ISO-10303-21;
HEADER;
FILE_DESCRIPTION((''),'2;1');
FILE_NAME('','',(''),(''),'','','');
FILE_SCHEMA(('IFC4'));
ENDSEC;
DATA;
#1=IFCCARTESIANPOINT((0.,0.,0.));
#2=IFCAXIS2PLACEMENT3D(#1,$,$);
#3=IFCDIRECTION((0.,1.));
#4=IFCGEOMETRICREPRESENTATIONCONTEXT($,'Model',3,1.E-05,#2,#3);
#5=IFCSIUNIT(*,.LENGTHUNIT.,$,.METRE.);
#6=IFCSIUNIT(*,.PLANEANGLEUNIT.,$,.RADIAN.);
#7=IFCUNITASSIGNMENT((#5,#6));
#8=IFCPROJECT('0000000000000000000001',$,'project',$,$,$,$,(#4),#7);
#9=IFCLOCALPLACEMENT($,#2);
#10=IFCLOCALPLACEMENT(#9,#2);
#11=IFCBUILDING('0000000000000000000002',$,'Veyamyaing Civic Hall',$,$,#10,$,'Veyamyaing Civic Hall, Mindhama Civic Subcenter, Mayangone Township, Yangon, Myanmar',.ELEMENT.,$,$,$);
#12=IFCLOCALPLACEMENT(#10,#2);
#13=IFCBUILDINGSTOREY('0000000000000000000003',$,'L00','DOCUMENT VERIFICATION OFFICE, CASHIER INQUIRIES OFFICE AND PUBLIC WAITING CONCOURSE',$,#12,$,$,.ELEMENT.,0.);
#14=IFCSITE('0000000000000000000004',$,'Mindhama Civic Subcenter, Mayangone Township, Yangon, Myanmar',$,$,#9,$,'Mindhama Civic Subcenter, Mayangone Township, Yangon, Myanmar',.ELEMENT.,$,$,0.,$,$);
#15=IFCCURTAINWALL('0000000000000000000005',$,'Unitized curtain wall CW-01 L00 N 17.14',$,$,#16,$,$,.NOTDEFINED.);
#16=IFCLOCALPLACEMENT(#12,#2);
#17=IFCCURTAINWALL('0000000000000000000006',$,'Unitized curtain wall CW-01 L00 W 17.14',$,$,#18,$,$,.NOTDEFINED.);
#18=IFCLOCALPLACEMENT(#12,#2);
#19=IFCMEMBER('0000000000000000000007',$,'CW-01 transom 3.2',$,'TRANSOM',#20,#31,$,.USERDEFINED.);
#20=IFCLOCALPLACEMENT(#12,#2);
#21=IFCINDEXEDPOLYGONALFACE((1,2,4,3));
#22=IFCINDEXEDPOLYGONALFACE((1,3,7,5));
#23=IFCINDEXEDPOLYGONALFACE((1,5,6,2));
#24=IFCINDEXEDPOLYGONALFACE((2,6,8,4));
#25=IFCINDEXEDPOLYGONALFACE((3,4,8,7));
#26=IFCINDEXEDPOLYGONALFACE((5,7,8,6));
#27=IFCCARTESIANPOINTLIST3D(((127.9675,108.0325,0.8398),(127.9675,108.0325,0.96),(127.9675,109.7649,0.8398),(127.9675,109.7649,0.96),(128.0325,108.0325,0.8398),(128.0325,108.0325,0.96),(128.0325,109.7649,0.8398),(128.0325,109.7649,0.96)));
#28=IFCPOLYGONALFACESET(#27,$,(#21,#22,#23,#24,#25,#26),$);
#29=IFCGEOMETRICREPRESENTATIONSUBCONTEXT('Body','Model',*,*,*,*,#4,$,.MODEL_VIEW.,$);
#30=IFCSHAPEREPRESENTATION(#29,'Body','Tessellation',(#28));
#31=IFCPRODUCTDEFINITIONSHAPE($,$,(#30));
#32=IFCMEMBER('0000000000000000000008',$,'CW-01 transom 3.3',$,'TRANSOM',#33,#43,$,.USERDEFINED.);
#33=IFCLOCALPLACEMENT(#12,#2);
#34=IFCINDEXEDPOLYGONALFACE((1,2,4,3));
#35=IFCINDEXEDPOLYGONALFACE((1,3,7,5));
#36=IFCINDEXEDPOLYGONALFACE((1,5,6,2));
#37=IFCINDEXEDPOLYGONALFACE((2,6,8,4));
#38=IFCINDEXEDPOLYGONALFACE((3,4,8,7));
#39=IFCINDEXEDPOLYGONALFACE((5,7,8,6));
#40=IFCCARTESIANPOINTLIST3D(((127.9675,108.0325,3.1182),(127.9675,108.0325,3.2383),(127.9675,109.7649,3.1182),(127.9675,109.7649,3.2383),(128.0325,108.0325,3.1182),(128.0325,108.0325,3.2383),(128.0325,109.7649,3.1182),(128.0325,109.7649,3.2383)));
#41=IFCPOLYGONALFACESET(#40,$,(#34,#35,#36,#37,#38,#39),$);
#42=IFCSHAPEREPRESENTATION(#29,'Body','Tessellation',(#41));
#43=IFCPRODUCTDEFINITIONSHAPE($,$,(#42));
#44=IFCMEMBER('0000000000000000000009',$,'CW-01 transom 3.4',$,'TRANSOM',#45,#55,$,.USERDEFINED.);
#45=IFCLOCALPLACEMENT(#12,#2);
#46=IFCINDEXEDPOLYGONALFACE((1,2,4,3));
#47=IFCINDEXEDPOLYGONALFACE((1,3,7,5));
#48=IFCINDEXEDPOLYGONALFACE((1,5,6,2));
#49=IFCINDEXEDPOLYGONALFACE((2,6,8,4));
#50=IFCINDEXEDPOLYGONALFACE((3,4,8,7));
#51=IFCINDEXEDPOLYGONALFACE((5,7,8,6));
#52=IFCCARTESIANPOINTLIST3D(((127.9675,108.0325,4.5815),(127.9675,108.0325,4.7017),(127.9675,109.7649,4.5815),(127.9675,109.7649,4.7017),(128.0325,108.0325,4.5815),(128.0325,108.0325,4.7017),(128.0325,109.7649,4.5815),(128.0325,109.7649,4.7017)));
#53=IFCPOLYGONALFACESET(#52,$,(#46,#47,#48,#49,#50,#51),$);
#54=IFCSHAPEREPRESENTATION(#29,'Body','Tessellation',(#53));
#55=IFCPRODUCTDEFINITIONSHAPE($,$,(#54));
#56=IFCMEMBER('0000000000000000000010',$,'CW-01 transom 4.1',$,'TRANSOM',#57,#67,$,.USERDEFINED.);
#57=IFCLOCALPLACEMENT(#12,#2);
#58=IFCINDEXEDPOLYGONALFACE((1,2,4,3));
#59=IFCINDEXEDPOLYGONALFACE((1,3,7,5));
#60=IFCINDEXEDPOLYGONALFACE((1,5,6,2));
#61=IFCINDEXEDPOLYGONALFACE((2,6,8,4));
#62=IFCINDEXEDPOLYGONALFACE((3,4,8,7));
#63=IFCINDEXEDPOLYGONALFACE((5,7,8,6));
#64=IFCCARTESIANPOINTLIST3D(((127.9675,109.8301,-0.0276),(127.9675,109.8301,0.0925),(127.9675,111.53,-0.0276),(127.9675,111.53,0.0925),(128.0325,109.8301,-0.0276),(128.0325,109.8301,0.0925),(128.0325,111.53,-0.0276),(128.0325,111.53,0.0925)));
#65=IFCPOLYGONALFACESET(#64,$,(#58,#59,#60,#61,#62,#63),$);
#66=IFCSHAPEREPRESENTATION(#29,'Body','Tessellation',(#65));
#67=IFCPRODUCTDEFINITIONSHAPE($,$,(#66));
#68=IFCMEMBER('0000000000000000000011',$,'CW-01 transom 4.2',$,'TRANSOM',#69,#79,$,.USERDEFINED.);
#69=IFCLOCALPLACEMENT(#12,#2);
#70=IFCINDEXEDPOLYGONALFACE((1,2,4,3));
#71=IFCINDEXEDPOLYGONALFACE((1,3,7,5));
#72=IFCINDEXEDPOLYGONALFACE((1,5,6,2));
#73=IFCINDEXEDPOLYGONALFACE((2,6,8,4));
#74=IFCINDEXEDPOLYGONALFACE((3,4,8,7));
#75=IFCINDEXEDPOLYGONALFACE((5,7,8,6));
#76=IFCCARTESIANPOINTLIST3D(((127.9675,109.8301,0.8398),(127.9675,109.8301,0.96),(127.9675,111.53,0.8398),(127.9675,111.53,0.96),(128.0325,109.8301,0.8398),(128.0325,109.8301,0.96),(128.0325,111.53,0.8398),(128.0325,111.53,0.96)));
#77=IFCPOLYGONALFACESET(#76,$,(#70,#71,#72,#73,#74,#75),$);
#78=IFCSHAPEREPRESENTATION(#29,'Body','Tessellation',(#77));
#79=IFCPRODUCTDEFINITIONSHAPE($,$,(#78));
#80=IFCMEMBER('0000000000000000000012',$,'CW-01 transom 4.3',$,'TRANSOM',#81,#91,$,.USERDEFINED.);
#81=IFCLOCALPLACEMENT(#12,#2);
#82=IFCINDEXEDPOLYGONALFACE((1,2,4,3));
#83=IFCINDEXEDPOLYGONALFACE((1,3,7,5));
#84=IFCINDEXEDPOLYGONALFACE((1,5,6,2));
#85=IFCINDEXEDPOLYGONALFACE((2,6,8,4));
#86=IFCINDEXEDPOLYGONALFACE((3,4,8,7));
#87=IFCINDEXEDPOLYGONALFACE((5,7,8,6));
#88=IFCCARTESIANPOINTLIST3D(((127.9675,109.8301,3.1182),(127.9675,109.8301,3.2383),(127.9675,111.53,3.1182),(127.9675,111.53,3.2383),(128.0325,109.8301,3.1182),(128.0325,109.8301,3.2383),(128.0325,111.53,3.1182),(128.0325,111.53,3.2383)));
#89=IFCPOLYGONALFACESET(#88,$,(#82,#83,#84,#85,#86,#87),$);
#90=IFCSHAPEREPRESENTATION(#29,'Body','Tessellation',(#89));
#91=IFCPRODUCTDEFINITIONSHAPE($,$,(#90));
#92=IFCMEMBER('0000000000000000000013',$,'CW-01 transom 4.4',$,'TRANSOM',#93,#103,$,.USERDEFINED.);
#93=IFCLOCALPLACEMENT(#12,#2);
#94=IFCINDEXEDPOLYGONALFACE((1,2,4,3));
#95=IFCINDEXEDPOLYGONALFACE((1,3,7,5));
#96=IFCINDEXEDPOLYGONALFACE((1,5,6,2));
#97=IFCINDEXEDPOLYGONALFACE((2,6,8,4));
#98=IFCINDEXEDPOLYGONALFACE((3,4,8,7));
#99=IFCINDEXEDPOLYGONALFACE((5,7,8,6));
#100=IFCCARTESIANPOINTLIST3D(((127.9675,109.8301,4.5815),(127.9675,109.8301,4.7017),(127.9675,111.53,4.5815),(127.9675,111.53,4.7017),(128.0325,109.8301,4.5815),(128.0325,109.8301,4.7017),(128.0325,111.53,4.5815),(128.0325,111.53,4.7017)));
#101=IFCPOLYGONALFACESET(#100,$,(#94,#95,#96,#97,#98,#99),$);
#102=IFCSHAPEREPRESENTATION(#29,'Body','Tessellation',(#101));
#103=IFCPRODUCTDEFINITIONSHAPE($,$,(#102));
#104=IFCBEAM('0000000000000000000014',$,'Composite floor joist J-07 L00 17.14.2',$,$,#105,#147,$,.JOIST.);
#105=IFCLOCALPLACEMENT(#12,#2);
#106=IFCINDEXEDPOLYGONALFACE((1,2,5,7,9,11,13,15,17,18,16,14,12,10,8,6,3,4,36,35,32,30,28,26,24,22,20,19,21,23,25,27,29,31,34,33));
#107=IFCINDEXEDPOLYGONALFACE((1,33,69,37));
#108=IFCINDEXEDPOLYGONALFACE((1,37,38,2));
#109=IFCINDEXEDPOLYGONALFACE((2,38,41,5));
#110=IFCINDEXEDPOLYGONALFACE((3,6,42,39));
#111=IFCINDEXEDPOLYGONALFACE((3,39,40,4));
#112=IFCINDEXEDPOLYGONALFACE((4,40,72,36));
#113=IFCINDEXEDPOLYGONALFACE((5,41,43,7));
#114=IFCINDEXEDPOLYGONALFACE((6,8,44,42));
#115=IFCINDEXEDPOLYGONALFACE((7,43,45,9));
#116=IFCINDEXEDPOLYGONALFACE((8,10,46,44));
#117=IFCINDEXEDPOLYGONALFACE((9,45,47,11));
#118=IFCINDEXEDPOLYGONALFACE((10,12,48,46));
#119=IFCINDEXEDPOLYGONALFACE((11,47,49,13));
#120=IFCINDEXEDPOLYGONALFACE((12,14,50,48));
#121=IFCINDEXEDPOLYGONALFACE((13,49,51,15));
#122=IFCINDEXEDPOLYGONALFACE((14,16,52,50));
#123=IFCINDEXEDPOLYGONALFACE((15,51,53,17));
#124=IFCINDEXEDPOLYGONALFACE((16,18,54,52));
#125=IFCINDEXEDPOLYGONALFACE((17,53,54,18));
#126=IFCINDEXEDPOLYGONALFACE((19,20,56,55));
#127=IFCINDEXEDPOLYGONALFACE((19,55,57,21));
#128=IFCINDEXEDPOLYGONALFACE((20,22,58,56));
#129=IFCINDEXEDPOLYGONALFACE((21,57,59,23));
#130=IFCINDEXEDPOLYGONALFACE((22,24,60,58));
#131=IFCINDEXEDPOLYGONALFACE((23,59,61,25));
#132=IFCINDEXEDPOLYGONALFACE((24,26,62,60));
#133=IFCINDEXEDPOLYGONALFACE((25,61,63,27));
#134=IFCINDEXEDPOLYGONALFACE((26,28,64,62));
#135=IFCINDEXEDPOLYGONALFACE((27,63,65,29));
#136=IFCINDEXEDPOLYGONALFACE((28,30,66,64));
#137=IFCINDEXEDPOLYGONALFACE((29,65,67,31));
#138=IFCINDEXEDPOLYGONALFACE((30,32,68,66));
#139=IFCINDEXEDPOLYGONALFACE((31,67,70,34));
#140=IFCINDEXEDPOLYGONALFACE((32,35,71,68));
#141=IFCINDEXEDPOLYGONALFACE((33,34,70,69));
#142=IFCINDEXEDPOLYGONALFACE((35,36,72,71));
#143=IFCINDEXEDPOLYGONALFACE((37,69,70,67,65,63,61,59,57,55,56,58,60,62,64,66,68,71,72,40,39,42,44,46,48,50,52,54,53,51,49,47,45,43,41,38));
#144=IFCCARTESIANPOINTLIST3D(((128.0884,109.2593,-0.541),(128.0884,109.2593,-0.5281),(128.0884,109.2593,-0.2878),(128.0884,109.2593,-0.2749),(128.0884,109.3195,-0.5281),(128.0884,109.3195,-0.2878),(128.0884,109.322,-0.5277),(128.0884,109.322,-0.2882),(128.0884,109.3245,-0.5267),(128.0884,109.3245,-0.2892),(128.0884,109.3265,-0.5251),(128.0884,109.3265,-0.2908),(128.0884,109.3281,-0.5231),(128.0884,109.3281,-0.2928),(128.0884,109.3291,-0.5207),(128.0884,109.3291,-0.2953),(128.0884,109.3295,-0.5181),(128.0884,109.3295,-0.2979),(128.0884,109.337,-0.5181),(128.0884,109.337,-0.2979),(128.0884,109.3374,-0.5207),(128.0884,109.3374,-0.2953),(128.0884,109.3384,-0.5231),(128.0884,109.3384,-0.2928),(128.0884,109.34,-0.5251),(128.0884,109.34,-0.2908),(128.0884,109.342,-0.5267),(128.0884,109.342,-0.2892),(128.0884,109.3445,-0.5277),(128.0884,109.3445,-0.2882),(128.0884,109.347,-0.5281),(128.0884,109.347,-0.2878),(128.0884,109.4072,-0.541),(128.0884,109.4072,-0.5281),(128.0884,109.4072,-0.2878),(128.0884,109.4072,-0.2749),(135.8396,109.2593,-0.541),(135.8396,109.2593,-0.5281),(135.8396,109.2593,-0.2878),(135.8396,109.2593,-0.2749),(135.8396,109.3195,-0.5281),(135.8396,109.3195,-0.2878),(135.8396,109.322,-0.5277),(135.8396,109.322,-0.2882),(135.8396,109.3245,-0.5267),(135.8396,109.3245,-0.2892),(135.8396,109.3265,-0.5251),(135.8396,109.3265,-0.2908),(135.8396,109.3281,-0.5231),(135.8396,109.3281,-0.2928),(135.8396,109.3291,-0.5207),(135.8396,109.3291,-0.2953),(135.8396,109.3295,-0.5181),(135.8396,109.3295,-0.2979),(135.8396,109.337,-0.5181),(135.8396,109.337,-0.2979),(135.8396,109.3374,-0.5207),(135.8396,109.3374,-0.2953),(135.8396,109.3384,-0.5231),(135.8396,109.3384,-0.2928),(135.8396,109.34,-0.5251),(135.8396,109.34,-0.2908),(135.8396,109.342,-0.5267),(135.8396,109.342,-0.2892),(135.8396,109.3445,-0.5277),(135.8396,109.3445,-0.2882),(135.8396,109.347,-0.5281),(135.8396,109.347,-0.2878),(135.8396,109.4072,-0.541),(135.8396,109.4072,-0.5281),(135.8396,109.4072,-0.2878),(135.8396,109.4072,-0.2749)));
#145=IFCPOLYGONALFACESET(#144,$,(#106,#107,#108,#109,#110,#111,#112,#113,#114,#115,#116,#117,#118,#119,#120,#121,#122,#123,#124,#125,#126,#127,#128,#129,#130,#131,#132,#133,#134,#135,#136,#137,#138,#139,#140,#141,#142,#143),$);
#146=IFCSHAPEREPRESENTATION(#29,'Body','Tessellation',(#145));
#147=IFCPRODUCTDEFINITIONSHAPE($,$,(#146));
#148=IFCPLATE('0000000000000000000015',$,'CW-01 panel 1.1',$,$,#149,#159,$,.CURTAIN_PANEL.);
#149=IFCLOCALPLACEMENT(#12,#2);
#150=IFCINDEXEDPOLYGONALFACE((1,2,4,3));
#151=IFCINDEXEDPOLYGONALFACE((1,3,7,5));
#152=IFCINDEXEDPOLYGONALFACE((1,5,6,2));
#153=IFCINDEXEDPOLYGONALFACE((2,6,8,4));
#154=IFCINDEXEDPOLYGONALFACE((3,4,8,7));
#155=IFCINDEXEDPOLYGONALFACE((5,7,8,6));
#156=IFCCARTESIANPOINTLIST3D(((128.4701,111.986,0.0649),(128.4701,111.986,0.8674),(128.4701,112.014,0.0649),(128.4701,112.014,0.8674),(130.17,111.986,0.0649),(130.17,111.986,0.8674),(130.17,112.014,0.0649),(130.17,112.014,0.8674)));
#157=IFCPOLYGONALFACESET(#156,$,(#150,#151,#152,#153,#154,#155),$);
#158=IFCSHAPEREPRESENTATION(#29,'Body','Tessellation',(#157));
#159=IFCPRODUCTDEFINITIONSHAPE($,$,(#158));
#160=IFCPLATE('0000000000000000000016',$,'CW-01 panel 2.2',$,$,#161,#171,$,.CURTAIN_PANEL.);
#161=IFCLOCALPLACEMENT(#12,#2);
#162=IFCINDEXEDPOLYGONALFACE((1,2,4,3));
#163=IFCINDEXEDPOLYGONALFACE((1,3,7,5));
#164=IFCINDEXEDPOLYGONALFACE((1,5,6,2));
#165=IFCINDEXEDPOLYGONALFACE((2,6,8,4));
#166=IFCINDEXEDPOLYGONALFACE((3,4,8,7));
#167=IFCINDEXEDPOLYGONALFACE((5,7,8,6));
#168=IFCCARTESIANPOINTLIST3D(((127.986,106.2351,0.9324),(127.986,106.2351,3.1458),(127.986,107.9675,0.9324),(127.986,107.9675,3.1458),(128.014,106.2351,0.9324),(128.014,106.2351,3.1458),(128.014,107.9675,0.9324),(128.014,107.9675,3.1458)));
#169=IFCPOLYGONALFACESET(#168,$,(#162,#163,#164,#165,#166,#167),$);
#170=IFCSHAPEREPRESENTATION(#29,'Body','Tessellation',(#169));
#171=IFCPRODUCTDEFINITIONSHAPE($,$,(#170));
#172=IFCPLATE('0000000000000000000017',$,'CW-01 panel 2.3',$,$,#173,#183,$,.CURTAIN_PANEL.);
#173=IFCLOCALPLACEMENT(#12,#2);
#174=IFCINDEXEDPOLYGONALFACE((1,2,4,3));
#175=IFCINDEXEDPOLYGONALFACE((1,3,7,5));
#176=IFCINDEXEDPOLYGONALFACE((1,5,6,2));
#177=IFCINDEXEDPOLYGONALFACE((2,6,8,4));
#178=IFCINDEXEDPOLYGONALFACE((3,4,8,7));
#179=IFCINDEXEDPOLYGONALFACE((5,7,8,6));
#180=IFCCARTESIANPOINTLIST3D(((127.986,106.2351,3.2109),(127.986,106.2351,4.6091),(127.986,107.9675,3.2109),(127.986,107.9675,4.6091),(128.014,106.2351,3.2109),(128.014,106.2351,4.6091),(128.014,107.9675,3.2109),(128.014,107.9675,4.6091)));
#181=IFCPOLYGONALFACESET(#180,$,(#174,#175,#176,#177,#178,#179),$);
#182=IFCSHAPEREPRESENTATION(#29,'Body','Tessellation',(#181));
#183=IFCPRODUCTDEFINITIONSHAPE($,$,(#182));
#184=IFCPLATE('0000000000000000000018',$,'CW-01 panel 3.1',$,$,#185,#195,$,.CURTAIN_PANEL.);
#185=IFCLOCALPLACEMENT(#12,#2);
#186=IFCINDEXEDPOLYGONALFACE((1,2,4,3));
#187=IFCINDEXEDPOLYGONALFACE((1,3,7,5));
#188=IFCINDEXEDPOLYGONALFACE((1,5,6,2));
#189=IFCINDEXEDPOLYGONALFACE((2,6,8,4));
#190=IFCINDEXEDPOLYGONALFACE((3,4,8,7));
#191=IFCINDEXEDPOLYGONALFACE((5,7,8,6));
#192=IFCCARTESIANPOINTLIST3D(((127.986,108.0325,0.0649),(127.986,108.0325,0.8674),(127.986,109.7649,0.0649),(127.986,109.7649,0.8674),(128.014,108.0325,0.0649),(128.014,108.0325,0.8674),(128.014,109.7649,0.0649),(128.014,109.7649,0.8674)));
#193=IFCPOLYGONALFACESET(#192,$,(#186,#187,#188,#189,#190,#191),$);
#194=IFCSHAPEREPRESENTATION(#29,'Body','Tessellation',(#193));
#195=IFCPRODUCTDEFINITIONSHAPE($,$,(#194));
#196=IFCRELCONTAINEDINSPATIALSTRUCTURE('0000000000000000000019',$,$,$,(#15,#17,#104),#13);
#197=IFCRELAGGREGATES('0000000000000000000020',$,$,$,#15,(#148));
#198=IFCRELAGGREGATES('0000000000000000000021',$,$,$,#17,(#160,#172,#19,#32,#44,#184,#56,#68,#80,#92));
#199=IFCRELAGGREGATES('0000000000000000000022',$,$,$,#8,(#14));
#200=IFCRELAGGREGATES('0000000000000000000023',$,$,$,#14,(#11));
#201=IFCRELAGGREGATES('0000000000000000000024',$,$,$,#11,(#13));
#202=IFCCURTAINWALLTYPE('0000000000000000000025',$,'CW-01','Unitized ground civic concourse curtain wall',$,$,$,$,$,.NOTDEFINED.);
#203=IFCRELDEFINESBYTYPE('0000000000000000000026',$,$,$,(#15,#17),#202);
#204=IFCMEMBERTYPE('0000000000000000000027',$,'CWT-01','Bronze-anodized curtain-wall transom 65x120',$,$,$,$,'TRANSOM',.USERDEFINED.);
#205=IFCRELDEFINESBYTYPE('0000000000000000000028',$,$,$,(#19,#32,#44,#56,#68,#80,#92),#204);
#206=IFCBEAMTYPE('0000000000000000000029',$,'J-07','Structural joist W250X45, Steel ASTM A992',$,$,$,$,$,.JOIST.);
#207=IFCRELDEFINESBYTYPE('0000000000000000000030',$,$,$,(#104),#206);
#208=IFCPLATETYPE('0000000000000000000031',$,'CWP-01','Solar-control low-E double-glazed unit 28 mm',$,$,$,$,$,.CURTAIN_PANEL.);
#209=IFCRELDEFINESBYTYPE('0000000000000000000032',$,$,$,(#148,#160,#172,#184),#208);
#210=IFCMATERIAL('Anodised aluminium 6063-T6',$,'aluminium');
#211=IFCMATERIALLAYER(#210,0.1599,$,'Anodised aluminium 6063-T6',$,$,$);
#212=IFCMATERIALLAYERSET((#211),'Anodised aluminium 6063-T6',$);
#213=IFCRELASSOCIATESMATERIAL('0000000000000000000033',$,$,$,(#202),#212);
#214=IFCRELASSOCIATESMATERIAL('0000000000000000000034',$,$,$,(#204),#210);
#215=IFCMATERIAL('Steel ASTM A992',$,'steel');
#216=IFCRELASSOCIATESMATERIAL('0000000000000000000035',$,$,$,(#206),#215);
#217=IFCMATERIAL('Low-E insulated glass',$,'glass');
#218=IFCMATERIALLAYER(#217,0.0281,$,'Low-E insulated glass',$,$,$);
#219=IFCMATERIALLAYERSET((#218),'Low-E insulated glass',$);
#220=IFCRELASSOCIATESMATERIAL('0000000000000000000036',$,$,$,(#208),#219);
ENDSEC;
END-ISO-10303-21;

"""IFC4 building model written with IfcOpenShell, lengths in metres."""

from ifc_helpers import new_model, si_unit, direction, frame, origin, origin_2d, place, context, subcontext, project, spatial, rectangle, i_section, extrude, material, layer, layer_set, material_profile, profile_set, type_object, element, aggregate, save


model = new_model("IFC4")

# Units and contexts
model_context = context("Model", 3, precision=1e-05, world=origin(), true_north=direction((0.0, 1.0)))
body_context = subcontext(model_context, "Body", "Model", "MODEL_VIEW")
ifc_project = project(units=[si_unit("LENGTHUNIT", "METRE"), si_unit("PLANEANGLEUNIT", "RADIAN")], contexts=[model_context])

# Site, building, storey
site_placement = place(None, origin())
site = spatial("IfcSite", under=ifc_project, at=site_placement, Name="Mindhama Civic Subcenter, Mayangone Township, Yangon, Myanmar", LongName="Mindhama Civic Subcenter, Mayangone Township, Yangon, Myanmar", CompositionType="ELEMENT", RefElevation=0.0)
building_placement = place(site_placement, origin())
building = spatial("IfcBuilding", under=site, at=building_placement, Name="Veyamyaing Civic Hall", LongName="Veyamyaing Civic Hall, Mindhama Civic Subcenter, Mayangone Township, Yangon, Myanmar", CompositionType="ELEMENT")
storey_placement = place(building_placement, origin())
storey = spatial("IfcBuildingStorey", under=building, at=storey_placement, Name="L00", Description="DOCUMENT VERIFICATION OFFICE, CASHIER INQUIRIES OFFICE AND PUBLIC WAITING CONCOURSE", CompositionType="ELEMENT", Elevation=0.0)

# Shared definitions
ifc_material_1 = material(Name="Steel ASTM A992", Category="steel")

# Curtain wall
ifc_material_2 = material(Name="Anodised aluminium 6063-T6", Category="aluminium")
ifc_layer_1 = layer(ifc_material_2, 0.1599, Name="Anodised aluminium 6063-T6")
ifc_layer_set_1 = layer_set([ifc_layer_1], Name="Anodised aluminium 6063-T6")
curtain_wall_type = type_object("IfcCurtainWallType", Name="CW-01", Description="Unitized ground civic concourse curtain wall", PredefinedType="NOTDEFINED", material=ifc_layer_set_1)
curtain_wall_1_placement = place(storey_placement, origin())
curtain_wall_1 = element("IfcCurtainWall", 1, at=curtain_wall_1_placement, inside=storey, type_object=curtain_wall_type, Name="Unitized curtain wall CW-01 L00 N 17.14", PredefinedType="NOTDEFINED")

# Curtain wall
curtain_wall_2_placement = place(storey_placement, origin())
curtain_wall_2 = element("IfcCurtainWall", 2, at=curtain_wall_2_placement, inside=storey, type_object=curtain_wall_type, Name="Unitized curtain wall CW-01 L00 W 17.14", PredefinedType="NOTDEFINED")

# Members
ifc_material_profile_1 = material_profile(ifc_material_2, rectangle(XDim=0.0649, YDim=0.1201, at=origin_2d()), Name="ALU-TRN-65X120")
ifc_profile_set_1 = profile_set([ifc_material_profile_1], Name="Anodised aluminium 6063-T6")
member_type_1 = type_object("IfcMemberType", Name="CWT-01", Description="Bronze-anodized curtain-wall transom 65x120", ElementType="TRANSOM", PredefinedType="USERDEFINED", material=ifc_profile_set_1)
member_1_placement = place(storey_placement, frame((128.0, 108.0325, 0.8999), z_axis=(0.0, 1.0, 0.0), x_axis=(-1.0, 0.0, 0.0)))
member_1 = element("IfcMember", 3, at=member_1_placement, type_object=member_type_1, Name="CW-01 transom 3.2", ObjectType="TRANSOM", PredefinedType="USERDEFINED", context=body_context, shape_type="SweptSolid", body=[
    extrude(rectangle(XDim=0.0649, YDim=0.1201, at=origin_2d()), origin(), (0.0, 0.0, 1.0), 1.7324),
])
member_2_placement = place(storey_placement, frame((128.0, 108.0325, 3.1782), z_axis=(0.0, 1.0, 0.0), x_axis=(-1.0, 0.0, 0.0)))
member_2 = element("IfcMember", 4, at=member_2_placement, type_object=member_type_1, Name="CW-01 transom 3.3", ObjectType="TRANSOM", PredefinedType="USERDEFINED", context=body_context, shape_type="SweptSolid", body=[
    extrude(rectangle(XDim=0.0649, YDim=0.1201, at=origin_2d()), origin(), (0.0, 0.0, 1.0), 1.7324),
])
member_3_placement = place(storey_placement, frame((128.0, 108.0325, 4.6416), z_axis=(0.0, 1.0, 0.0), x_axis=(-1.0, 0.0, 0.0)))
member_3 = element("IfcMember", 5, at=member_3_placement, type_object=member_type_1, Name="CW-01 transom 3.4", ObjectType="TRANSOM", PredefinedType="USERDEFINED", context=body_context, shape_type="SweptSolid", body=[
    extrude(rectangle(XDim=0.0649, YDim=0.1201, at=origin_2d()), origin(), (0.0, 0.0, 1.0), 1.7324),
])
member_4_placement = place(storey_placement, frame((128.0, 109.8301, 0.0325), z_axis=(0.0, 1.0, 0.0), x_axis=(-1.0, 0.0, 0.0)))
member_4 = element("IfcMember", 6, at=member_4_placement, type_object=member_type_1, Name="CW-01 transom 4.1", ObjectType="TRANSOM", PredefinedType="USERDEFINED", context=body_context, shape_type="SweptSolid", body=[
    extrude(rectangle(XDim=0.0649, YDim=0.1201, at=origin_2d()), origin(), (0.0, 0.0, 1.0), 1.7),
])
member_5_placement = place(storey_placement, frame((128.0, 109.8301, 0.8999), z_axis=(0.0, 1.0, 0.0), x_axis=(-1.0, 0.0, 0.0)))
member_5 = element("IfcMember", 7, at=member_5_placement, type_object=member_type_1, Name="CW-01 transom 4.2", ObjectType="TRANSOM", PredefinedType="USERDEFINED", context=body_context, shape_type="SweptSolid", body=[
    extrude(rectangle(XDim=0.0649, YDim=0.1201, at=origin_2d()), origin(), (0.0, 0.0, 1.0), 1.7),
])
member_6_placement = place(storey_placement, frame((128.0, 109.8301, 3.1782), z_axis=(0.0, 1.0, 0.0), x_axis=(-1.0, 0.0, 0.0)))
member_6 = element("IfcMember", 8, at=member_6_placement, type_object=member_type_1, Name="CW-01 transom 4.3", ObjectType="TRANSOM", PredefinedType="USERDEFINED", context=body_context, shape_type="SweptSolid", body=[
    extrude(rectangle(XDim=0.0649, YDim=0.1201, at=origin_2d()), origin(), (0.0, 0.0, 1.0), 1.7),
])
member_7_placement = place(storey_placement, frame((128.0, 109.8301, 4.6416), z_axis=(0.0, 1.0, 0.0), x_axis=(-1.0, 0.0, 0.0)))
member_7 = element("IfcMember", 9, at=member_7_placement, type_object=member_type_1, Name="CW-01 transom 4.4", ObjectType="TRANSOM", PredefinedType="USERDEFINED", context=body_context, shape_type="SweptSolid", body=[
    extrude(rectangle(XDim=0.0649, YDim=0.1201, at=origin_2d()), origin(), (0.0, 0.0, 1.0), 1.7),
])

# Beam
ifc_material_profile_2 = material_profile(ifc_material_1, i_section(OverallWidth=0.1479, OverallDepth=0.2661, WebThickness=0.0076, FlangeThickness=0.0129, FilletRadius=0.01, at=origin_2d()), Name="W250X45")
ifc_profile_set_2 = profile_set([ifc_material_profile_2], Name="Steel ASTM A992")
beam_type_1 = type_object("IfcBeamType", Name="J-07", Description="Structural joist W250X45, Steel ASTM A992", PredefinedType="JOIST", material=ifc_profile_set_2)
beam_1_placement = place(storey_placement, frame((128.0884, 109.3333, -0.408), z_axis=(1.0, 0.0, 0.0), x_axis=(0.0, 1.0, 0.0)))
element("IfcBeam", 10, at=beam_1_placement, inside=storey, type_object=beam_type_1, Name="Composite floor joist J-07 L00 17.14.2", PredefinedType="JOIST", context=body_context, shape_type="SweptSolid", body=[
    extrude(i_section(OverallWidth=0.1479, OverallDepth=0.2661, WebThickness=0.0076, FlangeThickness=0.0129, FilletRadius=0.01, at=origin_2d()), origin(), (0.0, 0.0, 1.0), 7.7512),
])

# Plates
ifc_material_3 = material(Name="Low-E insulated glass", Category="glass")
ifc_layer_2 = layer(ifc_material_3, 0.0281, Name="Low-E insulated glass")
ifc_layer_set_2 = layer_set([ifc_layer_2], Name="Low-E insulated glass")
plate_type = type_object("IfcPlateType", Name="CWP-01", Description="Solar-control low-E double-glazed unit 28 mm", PredefinedType="CURTAIN_PANEL", material=ifc_layer_set_2)
plate_1_placement = place(storey_placement, frame((129.3201, 112.0, 0.0649), z_axis=(0.0, 0.0, 1.0), x_axis=(1.0, 0.0, 0.0)))
plate_1 = element("IfcPlate", 11, at=plate_1_placement, type_object=plate_type, Name="CW-01 panel 1.1", PredefinedType="CURTAIN_PANEL", context=body_context, shape_type="SweptSolid", body=[
    extrude(rectangle(XDim=1.7, YDim=0.0281, at=origin_2d()), origin(), (0.0, 0.0, 1.0), 0.8025),
])
aggregate(curtain_wall_1, [plate_1])
plate_2_placement = place(storey_placement, frame((128.0, 107.1013, 0.9324), z_axis=(0.0, 0.0, 1.0), x_axis=(0.0, 1.0, 0.0)))
plate_2 = element("IfcPlate", 12, at=plate_2_placement, type_object=plate_type, Name="CW-01 panel 2.2", PredefinedType="CURTAIN_PANEL", context=body_context, shape_type="SweptSolid", body=[
    extrude(rectangle(XDim=1.7324, YDim=0.0281, at=origin_2d()), origin(), (0.0, 0.0, 1.0), 2.2134),
])
plate_3_placement = place(storey_placement, frame((128.0, 107.1013, 3.2109), z_axis=(0.0, 0.0, 1.0), x_axis=(0.0, 1.0, 0.0)))
plate_3 = element("IfcPlate", 13, at=plate_3_placement, type_object=plate_type, Name="CW-01 panel 2.3", PredefinedType="CURTAIN_PANEL", context=body_context, shape_type="SweptSolid", body=[
    extrude(rectangle(XDim=1.7324, YDim=0.0281, at=origin_2d()), origin(), (0.0, 0.0, 1.0), 1.3982),
])
plate_4_placement = place(storey_placement, frame((128.0, 108.8987, 0.0649), z_axis=(0.0, 0.0, 1.0), x_axis=(0.0, 1.0, 0.0)))
plate_4 = element("IfcPlate", 14, at=plate_4_placement, type_object=plate_type, Name="CW-01 panel 3.1", PredefinedType="CURTAIN_PANEL", context=body_context, shape_type="SweptSolid", body=[
    extrude(rectangle(XDim=1.7324, YDim=0.0281, at=origin_2d()), origin(), (0.0, 0.0, 1.0), 0.8025),
])
aggregate(curtain_wall_2, [plate_2, plate_3, member_1, member_2, member_3, plate_4, member_4, member_5, member_6, member_7])

save(model, "model.ifc")
